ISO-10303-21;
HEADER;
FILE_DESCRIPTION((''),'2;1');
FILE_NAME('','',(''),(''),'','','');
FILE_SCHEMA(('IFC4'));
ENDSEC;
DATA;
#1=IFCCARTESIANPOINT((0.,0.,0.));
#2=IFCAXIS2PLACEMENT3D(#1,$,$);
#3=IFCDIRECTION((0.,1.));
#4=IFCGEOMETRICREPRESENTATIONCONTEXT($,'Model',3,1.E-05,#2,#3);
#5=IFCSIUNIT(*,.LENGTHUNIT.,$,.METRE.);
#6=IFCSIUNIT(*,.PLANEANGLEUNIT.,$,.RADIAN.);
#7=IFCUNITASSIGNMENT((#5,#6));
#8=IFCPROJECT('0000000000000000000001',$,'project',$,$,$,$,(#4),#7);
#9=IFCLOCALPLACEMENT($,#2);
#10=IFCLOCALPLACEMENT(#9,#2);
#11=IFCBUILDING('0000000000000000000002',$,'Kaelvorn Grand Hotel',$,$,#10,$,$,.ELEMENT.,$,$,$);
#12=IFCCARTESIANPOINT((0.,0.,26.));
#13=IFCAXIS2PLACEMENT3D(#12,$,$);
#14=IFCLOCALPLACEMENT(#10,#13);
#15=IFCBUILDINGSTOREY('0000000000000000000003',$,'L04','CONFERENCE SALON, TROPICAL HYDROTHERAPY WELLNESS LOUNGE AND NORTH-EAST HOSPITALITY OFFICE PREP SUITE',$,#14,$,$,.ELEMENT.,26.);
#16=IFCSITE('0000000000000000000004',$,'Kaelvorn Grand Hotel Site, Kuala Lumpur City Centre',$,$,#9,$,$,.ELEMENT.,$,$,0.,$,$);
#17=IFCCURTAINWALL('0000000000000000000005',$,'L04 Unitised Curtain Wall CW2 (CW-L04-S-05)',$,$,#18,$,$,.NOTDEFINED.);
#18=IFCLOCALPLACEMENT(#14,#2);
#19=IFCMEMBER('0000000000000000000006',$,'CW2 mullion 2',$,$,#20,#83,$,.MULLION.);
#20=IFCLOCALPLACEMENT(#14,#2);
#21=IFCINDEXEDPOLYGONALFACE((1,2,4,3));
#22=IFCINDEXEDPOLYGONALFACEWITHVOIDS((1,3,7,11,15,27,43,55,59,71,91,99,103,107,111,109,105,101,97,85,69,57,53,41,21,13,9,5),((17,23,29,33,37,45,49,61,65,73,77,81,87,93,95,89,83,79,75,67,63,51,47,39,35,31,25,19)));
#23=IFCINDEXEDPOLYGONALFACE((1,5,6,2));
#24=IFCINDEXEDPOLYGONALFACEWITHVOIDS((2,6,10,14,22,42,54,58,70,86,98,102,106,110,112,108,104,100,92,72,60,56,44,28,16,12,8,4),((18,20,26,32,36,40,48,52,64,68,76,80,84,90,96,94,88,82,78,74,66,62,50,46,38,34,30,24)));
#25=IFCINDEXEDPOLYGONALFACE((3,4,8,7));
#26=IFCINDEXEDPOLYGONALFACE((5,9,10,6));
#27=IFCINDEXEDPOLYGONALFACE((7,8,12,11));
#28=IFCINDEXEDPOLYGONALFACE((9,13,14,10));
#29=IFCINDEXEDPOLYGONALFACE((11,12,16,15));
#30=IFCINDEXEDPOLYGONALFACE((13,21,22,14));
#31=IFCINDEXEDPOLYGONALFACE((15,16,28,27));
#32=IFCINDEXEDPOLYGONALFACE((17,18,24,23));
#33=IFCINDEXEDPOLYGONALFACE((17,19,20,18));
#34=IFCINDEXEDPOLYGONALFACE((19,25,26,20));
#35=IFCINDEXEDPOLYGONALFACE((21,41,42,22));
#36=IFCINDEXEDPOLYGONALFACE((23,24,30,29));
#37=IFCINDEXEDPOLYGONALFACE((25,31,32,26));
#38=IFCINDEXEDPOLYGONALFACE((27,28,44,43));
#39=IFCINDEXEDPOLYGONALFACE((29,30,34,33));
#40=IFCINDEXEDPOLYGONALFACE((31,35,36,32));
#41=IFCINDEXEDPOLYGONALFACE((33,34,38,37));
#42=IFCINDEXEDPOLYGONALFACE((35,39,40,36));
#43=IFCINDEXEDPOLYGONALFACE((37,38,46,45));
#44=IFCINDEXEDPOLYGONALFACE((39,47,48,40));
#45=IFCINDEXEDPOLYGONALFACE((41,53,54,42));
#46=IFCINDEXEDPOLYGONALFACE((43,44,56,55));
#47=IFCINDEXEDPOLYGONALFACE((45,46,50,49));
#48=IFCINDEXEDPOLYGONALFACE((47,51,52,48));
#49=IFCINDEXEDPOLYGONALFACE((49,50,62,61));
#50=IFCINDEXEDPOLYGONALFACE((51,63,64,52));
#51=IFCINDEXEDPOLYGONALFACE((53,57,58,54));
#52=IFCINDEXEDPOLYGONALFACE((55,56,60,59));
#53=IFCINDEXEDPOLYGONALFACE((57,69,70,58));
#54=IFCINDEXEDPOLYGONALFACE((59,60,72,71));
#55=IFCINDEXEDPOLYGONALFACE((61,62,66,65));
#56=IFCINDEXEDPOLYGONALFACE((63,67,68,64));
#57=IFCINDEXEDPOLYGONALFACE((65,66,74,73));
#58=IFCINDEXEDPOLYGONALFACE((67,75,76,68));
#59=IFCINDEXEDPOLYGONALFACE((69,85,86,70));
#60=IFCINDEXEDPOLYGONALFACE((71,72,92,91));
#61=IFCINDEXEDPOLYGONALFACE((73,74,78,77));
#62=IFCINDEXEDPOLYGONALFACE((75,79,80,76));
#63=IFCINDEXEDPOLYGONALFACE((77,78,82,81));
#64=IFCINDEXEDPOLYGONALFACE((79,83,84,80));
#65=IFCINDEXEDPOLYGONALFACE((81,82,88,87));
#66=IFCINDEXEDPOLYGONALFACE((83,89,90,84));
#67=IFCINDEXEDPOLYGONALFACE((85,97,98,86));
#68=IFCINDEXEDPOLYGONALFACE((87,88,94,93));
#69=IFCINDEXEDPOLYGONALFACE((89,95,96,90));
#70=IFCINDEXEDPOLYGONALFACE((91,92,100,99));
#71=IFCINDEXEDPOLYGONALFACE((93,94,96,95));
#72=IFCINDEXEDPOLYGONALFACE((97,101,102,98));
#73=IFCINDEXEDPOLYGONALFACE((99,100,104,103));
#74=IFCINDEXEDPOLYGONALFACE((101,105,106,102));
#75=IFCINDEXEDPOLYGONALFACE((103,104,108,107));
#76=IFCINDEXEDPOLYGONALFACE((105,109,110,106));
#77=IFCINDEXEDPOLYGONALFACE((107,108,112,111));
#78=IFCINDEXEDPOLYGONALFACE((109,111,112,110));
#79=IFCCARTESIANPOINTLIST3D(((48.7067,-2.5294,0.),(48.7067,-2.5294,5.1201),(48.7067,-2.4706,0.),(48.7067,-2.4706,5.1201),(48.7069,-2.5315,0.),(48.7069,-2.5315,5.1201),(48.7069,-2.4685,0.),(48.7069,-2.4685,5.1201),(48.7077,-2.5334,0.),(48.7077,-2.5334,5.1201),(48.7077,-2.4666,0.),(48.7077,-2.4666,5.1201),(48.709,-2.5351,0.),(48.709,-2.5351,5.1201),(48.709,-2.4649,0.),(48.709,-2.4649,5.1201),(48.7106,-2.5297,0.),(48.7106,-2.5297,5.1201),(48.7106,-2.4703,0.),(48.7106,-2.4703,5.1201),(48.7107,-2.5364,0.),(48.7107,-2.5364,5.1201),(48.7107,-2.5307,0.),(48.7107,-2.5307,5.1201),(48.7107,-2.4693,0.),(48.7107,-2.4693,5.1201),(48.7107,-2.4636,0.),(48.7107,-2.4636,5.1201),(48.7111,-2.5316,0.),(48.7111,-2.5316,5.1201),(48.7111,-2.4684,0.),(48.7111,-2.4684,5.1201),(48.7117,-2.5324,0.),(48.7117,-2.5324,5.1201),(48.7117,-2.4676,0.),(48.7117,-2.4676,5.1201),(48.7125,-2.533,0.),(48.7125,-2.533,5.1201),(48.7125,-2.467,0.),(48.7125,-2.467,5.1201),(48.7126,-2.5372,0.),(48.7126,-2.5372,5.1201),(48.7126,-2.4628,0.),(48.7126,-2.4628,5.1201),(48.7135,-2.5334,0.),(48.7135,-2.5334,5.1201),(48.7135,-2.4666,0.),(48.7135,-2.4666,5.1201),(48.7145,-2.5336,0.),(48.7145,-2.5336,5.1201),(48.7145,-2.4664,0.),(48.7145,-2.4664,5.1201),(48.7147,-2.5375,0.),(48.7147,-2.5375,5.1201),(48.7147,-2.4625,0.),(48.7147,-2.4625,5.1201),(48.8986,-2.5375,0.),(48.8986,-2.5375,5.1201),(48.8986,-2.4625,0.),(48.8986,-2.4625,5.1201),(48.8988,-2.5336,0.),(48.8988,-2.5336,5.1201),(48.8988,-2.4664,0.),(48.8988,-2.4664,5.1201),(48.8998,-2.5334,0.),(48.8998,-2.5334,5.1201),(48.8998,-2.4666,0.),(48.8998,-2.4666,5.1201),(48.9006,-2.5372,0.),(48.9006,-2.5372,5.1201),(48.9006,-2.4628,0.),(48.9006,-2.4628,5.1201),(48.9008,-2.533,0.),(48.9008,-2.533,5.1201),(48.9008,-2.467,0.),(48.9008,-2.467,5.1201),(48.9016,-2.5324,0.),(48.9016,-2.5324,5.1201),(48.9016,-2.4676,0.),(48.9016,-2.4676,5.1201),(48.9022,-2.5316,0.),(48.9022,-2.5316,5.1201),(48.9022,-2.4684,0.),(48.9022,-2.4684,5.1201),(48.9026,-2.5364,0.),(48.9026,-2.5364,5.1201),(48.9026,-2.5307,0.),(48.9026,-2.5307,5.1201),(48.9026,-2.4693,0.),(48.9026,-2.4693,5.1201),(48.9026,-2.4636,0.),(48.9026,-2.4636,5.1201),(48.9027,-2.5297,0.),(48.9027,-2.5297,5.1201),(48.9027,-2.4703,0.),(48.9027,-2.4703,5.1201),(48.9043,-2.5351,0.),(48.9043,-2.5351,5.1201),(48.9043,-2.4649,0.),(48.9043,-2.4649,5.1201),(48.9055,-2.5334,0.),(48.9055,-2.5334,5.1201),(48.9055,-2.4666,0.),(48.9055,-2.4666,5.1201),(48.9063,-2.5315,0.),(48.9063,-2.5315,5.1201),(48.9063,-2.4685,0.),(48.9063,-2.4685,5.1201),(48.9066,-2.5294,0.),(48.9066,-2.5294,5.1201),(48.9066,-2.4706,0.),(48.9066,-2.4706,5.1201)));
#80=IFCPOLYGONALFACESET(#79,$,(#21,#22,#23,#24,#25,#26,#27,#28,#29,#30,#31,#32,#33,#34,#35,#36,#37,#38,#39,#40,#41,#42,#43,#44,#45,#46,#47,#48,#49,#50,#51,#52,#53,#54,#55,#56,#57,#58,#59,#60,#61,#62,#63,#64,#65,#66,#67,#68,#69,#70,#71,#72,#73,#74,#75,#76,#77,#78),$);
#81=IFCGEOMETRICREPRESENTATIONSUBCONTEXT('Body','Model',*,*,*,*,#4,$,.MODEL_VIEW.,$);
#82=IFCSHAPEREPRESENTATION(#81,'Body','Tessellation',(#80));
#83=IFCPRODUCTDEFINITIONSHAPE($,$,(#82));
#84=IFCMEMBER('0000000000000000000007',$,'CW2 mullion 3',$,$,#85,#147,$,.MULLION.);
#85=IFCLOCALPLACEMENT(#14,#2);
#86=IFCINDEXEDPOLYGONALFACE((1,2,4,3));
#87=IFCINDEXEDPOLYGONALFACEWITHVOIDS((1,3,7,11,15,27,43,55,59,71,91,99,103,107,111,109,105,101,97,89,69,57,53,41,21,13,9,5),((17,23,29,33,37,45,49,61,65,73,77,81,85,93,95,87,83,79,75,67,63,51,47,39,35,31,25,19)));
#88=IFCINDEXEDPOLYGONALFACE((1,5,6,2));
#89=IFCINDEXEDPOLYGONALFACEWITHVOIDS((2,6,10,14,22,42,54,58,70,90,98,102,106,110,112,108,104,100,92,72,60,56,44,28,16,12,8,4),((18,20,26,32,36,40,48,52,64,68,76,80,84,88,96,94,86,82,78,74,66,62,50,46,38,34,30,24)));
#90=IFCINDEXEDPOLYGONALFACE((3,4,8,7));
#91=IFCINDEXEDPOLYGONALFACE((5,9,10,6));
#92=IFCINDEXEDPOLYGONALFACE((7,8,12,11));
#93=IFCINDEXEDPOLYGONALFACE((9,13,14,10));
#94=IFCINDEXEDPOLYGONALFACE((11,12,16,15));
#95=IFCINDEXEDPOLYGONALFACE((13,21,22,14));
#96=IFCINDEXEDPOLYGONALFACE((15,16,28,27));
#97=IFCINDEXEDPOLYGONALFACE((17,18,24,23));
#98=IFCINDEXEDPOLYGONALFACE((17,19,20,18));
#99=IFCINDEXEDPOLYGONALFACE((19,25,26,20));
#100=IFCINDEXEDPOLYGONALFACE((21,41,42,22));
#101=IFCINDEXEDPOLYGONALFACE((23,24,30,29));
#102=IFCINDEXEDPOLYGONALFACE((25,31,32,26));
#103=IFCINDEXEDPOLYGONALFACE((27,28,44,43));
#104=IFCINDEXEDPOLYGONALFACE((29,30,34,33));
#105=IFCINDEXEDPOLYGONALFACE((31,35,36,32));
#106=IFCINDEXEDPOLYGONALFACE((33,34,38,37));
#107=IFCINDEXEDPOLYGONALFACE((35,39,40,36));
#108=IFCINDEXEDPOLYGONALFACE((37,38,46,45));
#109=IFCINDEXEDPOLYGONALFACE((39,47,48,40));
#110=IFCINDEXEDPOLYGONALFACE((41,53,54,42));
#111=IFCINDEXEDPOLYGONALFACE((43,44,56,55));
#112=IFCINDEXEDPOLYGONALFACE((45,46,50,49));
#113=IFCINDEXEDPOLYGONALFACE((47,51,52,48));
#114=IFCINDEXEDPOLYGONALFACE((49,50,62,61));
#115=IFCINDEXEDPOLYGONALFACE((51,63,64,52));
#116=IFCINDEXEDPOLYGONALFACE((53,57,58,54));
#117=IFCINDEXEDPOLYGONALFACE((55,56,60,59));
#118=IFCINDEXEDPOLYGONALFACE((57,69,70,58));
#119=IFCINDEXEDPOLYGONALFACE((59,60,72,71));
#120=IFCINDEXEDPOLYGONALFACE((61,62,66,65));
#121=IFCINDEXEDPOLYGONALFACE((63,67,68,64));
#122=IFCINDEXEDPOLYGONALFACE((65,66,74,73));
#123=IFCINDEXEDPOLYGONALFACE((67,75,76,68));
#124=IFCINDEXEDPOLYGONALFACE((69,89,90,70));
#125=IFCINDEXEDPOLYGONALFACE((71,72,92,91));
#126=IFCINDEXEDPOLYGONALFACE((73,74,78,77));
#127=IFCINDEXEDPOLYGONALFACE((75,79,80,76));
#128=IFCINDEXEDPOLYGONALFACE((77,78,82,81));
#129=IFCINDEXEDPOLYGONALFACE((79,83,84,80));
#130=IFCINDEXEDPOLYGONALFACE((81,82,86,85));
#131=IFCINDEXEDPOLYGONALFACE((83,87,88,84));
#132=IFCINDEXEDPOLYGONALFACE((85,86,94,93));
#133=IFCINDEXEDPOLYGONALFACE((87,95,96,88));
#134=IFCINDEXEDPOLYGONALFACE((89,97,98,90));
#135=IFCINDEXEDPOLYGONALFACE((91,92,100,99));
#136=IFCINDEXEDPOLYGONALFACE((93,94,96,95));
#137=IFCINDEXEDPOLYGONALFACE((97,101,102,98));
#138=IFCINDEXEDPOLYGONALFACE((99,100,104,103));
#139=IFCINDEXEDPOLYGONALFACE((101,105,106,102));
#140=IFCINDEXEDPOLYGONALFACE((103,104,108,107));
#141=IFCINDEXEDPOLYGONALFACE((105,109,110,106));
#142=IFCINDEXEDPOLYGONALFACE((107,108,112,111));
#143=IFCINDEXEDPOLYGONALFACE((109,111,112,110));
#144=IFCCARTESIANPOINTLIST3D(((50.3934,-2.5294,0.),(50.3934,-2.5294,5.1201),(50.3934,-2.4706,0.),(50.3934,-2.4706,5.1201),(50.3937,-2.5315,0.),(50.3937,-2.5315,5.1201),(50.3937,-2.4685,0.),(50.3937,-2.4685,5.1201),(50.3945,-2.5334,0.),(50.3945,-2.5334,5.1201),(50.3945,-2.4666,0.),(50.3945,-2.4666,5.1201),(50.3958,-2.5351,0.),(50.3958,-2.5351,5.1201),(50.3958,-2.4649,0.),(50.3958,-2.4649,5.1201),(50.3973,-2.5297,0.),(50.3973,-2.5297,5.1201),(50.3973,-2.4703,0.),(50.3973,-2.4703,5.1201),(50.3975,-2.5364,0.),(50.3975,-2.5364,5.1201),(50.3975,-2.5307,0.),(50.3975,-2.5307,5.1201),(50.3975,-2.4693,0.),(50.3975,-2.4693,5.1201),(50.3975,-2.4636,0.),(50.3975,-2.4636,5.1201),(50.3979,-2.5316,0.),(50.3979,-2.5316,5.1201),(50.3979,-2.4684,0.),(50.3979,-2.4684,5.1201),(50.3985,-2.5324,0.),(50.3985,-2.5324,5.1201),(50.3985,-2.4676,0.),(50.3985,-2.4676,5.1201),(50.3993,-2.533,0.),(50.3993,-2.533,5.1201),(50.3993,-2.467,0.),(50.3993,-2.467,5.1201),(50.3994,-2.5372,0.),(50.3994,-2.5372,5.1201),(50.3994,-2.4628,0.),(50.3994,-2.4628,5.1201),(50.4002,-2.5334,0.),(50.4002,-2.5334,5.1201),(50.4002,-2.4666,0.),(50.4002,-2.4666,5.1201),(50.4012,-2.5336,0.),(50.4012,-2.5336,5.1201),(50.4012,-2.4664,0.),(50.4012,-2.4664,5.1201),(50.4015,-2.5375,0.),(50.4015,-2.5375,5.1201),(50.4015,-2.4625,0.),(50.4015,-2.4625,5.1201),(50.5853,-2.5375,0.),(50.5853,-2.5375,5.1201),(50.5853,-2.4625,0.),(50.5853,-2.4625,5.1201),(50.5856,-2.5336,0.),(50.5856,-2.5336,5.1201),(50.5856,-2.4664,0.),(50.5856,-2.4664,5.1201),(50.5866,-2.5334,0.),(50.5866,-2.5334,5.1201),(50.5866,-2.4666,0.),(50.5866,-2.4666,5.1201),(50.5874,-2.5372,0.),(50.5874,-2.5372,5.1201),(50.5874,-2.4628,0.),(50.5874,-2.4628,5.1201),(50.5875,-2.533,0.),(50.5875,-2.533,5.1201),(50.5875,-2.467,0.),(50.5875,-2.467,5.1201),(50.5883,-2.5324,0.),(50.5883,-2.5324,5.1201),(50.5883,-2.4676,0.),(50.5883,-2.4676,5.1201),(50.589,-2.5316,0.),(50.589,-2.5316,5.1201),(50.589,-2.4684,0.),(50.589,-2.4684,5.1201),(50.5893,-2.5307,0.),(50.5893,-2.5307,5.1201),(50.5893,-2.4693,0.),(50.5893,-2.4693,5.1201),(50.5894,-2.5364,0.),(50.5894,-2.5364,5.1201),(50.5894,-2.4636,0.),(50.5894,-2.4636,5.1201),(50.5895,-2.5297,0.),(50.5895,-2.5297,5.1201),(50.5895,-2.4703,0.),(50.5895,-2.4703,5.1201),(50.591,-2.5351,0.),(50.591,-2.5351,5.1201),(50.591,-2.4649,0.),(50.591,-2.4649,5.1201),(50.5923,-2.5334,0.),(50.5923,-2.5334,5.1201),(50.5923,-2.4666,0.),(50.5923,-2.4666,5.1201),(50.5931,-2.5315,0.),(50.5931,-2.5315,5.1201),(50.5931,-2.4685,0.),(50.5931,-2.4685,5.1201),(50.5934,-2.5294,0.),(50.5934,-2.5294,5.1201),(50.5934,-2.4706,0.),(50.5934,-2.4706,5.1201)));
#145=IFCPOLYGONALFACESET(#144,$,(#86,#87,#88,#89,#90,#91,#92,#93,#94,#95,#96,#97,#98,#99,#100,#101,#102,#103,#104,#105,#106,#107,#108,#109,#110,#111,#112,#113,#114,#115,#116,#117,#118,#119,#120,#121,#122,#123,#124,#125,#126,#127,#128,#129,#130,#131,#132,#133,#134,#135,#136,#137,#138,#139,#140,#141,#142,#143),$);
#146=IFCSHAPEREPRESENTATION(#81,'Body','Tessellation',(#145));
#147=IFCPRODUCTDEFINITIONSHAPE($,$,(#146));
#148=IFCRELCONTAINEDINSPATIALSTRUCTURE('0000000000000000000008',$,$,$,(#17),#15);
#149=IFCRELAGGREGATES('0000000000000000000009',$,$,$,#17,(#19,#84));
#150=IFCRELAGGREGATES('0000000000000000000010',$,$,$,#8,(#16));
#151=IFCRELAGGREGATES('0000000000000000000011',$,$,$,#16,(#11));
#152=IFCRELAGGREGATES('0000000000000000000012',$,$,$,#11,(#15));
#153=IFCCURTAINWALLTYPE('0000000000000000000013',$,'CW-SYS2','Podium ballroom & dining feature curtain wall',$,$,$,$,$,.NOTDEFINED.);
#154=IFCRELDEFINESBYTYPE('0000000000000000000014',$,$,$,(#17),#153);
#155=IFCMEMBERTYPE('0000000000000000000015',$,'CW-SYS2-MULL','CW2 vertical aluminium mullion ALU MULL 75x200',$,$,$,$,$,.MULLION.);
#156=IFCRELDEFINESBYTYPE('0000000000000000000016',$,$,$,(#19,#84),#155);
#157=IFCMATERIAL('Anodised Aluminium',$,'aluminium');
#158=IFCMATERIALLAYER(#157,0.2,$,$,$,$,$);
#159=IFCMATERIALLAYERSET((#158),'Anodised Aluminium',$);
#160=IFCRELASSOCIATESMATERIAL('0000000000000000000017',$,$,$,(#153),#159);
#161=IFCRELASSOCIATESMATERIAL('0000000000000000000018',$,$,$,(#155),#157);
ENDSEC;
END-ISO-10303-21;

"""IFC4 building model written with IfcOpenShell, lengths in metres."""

from ifc_helpers import new_model, si_unit, direction, frame, origin, origin_2d, place, context, subcontext, project, spatial, hollow_rectangle, extrude, material, layer, layer_set, material_profile, profile_set, type_object, element, aggregate, save


model = new_model("IFC4")

# Units and contexts
model_context = context("Model", 3, precision=1e-05, world=origin(), true_north=direction((0.0, 1.0)))
body_context = subcontext(model_context, "Body", "Model", "MODEL_VIEW")
ifc_project = project(units=[si_unit("LENGTHUNIT", "METRE"), si_unit("PLANEANGLEUNIT", "RADIAN")], contexts=[model_context])

# Site, building, storey
site_placement = place(None, origin())
site = spatial("IfcSite", under=ifc_project, at=site_placement, Name="Kaelvorn Grand Hotel Site, Kuala Lumpur City Centre", CompositionType="ELEMENT", RefElevation=0.0)
building_placement = place(site_placement, origin())
building = spatial("IfcBuilding", under=site, at=building_placement, Name="Kaelvorn Grand Hotel", CompositionType="ELEMENT")
storey_placement = place(building_placement, frame((0.0, 0.0, 26.0)))
storey = spatial("IfcBuildingStorey", under=building, at=storey_placement, Name="L04", Description="CONFERENCE SALON, TROPICAL HYDROTHERAPY WELLNESS LOUNGE AND NORTH-EAST HOSPITALITY OFFICE PREP SUITE", CompositionType="ELEMENT", Elevation=26.0)

# Curtain wall, members
ifc_material_1 = material(Name="Anodised Aluminium", Category="aluminium")
ifc_layer_1 = layer(ifc_material_1, 0.2)
ifc_layer_set_1 = layer_set([ifc_layer_1], Name="Anodised Aluminium")
curtain_wall_type = type_object("IfcCurtainWallType", Name="CW-SYS2", Description="Podium ballroom & dining feature curtain wall", PredefinedType="NOTDEFINED", material=ifc_layer_set_1)
ifc_material_profile_1 = material_profile(ifc_material_1, hollow_rectangle(XDim=0.075, YDim=0.2, WallThickness=0.0039, InnerFilletRadius=0.0039, OuterFilletRadius=0.0081, at=origin_2d()), Name="ALU MULL 75x200")
ifc_profile_set_1 = profile_set([ifc_material_profile_1], Name="Anodised Aluminium")
member_type_1 = type_object("IfcMemberType", Name="CW-SYS2-MULL", Description="CW2 vertical aluminium mullion ALU MULL 75x200", PredefinedType="MULLION", material=ifc_profile_set_1)
curtain_wall_1_placement = place(storey_placement, origin())
curtain_wall_1 = element("IfcCurtainWall", 1, at=curtain_wall_1_placement, inside=storey, type_object=curtain_wall_type, Name="L04 Unitised Curtain Wall CW2 (CW-L04-S-05)", PredefinedType="NOTDEFINED")
member_1_placement = place(storey_placement, frame((48.8066, -2.5, 0.0), z_axis=(0.0, 0.0, 1.0), x_axis=(0.0, 1.0, 0.0)))
member_1 = element("IfcMember", 2, at=member_1_placement, type_object=member_type_1, Name="CW2 mullion 2", PredefinedType="MULLION", context=body_context, shape_type="SweptSolid", body=[
    extrude(hollow_rectangle(XDim=0.075, YDim=0.2, WallThickness=0.0039, InnerFilletRadius=0.0039, OuterFilletRadius=0.0081, at=origin_2d()), origin(), (0.0, 0.0, 1.0), 5.1201),
])
member_2_placement = place(storey_placement, frame((50.4934, -2.5, 0.0), z_axis=(0.0, 0.0, 1.0), x_axis=(0.0, 1.0, 0.0)))
member_2 = element("IfcMember", 3, at=member_2_placement, type_object=member_type_1, Name="CW2 mullion 3", PredefinedType="MULLION", context=body_context, shape_type="SweptSolid", body=[
    extrude(hollow_rectangle(XDim=0.075, YDim=0.2, WallThickness=0.0039, InnerFilletRadius=0.0039, OuterFilletRadius=0.0081, at=origin_2d()), origin(), (0.0, 0.0, 1.0), 5.1201),
])

aggregate(curtain_wall_1, [member_1, member_2])

save(model, "model.ifc")
